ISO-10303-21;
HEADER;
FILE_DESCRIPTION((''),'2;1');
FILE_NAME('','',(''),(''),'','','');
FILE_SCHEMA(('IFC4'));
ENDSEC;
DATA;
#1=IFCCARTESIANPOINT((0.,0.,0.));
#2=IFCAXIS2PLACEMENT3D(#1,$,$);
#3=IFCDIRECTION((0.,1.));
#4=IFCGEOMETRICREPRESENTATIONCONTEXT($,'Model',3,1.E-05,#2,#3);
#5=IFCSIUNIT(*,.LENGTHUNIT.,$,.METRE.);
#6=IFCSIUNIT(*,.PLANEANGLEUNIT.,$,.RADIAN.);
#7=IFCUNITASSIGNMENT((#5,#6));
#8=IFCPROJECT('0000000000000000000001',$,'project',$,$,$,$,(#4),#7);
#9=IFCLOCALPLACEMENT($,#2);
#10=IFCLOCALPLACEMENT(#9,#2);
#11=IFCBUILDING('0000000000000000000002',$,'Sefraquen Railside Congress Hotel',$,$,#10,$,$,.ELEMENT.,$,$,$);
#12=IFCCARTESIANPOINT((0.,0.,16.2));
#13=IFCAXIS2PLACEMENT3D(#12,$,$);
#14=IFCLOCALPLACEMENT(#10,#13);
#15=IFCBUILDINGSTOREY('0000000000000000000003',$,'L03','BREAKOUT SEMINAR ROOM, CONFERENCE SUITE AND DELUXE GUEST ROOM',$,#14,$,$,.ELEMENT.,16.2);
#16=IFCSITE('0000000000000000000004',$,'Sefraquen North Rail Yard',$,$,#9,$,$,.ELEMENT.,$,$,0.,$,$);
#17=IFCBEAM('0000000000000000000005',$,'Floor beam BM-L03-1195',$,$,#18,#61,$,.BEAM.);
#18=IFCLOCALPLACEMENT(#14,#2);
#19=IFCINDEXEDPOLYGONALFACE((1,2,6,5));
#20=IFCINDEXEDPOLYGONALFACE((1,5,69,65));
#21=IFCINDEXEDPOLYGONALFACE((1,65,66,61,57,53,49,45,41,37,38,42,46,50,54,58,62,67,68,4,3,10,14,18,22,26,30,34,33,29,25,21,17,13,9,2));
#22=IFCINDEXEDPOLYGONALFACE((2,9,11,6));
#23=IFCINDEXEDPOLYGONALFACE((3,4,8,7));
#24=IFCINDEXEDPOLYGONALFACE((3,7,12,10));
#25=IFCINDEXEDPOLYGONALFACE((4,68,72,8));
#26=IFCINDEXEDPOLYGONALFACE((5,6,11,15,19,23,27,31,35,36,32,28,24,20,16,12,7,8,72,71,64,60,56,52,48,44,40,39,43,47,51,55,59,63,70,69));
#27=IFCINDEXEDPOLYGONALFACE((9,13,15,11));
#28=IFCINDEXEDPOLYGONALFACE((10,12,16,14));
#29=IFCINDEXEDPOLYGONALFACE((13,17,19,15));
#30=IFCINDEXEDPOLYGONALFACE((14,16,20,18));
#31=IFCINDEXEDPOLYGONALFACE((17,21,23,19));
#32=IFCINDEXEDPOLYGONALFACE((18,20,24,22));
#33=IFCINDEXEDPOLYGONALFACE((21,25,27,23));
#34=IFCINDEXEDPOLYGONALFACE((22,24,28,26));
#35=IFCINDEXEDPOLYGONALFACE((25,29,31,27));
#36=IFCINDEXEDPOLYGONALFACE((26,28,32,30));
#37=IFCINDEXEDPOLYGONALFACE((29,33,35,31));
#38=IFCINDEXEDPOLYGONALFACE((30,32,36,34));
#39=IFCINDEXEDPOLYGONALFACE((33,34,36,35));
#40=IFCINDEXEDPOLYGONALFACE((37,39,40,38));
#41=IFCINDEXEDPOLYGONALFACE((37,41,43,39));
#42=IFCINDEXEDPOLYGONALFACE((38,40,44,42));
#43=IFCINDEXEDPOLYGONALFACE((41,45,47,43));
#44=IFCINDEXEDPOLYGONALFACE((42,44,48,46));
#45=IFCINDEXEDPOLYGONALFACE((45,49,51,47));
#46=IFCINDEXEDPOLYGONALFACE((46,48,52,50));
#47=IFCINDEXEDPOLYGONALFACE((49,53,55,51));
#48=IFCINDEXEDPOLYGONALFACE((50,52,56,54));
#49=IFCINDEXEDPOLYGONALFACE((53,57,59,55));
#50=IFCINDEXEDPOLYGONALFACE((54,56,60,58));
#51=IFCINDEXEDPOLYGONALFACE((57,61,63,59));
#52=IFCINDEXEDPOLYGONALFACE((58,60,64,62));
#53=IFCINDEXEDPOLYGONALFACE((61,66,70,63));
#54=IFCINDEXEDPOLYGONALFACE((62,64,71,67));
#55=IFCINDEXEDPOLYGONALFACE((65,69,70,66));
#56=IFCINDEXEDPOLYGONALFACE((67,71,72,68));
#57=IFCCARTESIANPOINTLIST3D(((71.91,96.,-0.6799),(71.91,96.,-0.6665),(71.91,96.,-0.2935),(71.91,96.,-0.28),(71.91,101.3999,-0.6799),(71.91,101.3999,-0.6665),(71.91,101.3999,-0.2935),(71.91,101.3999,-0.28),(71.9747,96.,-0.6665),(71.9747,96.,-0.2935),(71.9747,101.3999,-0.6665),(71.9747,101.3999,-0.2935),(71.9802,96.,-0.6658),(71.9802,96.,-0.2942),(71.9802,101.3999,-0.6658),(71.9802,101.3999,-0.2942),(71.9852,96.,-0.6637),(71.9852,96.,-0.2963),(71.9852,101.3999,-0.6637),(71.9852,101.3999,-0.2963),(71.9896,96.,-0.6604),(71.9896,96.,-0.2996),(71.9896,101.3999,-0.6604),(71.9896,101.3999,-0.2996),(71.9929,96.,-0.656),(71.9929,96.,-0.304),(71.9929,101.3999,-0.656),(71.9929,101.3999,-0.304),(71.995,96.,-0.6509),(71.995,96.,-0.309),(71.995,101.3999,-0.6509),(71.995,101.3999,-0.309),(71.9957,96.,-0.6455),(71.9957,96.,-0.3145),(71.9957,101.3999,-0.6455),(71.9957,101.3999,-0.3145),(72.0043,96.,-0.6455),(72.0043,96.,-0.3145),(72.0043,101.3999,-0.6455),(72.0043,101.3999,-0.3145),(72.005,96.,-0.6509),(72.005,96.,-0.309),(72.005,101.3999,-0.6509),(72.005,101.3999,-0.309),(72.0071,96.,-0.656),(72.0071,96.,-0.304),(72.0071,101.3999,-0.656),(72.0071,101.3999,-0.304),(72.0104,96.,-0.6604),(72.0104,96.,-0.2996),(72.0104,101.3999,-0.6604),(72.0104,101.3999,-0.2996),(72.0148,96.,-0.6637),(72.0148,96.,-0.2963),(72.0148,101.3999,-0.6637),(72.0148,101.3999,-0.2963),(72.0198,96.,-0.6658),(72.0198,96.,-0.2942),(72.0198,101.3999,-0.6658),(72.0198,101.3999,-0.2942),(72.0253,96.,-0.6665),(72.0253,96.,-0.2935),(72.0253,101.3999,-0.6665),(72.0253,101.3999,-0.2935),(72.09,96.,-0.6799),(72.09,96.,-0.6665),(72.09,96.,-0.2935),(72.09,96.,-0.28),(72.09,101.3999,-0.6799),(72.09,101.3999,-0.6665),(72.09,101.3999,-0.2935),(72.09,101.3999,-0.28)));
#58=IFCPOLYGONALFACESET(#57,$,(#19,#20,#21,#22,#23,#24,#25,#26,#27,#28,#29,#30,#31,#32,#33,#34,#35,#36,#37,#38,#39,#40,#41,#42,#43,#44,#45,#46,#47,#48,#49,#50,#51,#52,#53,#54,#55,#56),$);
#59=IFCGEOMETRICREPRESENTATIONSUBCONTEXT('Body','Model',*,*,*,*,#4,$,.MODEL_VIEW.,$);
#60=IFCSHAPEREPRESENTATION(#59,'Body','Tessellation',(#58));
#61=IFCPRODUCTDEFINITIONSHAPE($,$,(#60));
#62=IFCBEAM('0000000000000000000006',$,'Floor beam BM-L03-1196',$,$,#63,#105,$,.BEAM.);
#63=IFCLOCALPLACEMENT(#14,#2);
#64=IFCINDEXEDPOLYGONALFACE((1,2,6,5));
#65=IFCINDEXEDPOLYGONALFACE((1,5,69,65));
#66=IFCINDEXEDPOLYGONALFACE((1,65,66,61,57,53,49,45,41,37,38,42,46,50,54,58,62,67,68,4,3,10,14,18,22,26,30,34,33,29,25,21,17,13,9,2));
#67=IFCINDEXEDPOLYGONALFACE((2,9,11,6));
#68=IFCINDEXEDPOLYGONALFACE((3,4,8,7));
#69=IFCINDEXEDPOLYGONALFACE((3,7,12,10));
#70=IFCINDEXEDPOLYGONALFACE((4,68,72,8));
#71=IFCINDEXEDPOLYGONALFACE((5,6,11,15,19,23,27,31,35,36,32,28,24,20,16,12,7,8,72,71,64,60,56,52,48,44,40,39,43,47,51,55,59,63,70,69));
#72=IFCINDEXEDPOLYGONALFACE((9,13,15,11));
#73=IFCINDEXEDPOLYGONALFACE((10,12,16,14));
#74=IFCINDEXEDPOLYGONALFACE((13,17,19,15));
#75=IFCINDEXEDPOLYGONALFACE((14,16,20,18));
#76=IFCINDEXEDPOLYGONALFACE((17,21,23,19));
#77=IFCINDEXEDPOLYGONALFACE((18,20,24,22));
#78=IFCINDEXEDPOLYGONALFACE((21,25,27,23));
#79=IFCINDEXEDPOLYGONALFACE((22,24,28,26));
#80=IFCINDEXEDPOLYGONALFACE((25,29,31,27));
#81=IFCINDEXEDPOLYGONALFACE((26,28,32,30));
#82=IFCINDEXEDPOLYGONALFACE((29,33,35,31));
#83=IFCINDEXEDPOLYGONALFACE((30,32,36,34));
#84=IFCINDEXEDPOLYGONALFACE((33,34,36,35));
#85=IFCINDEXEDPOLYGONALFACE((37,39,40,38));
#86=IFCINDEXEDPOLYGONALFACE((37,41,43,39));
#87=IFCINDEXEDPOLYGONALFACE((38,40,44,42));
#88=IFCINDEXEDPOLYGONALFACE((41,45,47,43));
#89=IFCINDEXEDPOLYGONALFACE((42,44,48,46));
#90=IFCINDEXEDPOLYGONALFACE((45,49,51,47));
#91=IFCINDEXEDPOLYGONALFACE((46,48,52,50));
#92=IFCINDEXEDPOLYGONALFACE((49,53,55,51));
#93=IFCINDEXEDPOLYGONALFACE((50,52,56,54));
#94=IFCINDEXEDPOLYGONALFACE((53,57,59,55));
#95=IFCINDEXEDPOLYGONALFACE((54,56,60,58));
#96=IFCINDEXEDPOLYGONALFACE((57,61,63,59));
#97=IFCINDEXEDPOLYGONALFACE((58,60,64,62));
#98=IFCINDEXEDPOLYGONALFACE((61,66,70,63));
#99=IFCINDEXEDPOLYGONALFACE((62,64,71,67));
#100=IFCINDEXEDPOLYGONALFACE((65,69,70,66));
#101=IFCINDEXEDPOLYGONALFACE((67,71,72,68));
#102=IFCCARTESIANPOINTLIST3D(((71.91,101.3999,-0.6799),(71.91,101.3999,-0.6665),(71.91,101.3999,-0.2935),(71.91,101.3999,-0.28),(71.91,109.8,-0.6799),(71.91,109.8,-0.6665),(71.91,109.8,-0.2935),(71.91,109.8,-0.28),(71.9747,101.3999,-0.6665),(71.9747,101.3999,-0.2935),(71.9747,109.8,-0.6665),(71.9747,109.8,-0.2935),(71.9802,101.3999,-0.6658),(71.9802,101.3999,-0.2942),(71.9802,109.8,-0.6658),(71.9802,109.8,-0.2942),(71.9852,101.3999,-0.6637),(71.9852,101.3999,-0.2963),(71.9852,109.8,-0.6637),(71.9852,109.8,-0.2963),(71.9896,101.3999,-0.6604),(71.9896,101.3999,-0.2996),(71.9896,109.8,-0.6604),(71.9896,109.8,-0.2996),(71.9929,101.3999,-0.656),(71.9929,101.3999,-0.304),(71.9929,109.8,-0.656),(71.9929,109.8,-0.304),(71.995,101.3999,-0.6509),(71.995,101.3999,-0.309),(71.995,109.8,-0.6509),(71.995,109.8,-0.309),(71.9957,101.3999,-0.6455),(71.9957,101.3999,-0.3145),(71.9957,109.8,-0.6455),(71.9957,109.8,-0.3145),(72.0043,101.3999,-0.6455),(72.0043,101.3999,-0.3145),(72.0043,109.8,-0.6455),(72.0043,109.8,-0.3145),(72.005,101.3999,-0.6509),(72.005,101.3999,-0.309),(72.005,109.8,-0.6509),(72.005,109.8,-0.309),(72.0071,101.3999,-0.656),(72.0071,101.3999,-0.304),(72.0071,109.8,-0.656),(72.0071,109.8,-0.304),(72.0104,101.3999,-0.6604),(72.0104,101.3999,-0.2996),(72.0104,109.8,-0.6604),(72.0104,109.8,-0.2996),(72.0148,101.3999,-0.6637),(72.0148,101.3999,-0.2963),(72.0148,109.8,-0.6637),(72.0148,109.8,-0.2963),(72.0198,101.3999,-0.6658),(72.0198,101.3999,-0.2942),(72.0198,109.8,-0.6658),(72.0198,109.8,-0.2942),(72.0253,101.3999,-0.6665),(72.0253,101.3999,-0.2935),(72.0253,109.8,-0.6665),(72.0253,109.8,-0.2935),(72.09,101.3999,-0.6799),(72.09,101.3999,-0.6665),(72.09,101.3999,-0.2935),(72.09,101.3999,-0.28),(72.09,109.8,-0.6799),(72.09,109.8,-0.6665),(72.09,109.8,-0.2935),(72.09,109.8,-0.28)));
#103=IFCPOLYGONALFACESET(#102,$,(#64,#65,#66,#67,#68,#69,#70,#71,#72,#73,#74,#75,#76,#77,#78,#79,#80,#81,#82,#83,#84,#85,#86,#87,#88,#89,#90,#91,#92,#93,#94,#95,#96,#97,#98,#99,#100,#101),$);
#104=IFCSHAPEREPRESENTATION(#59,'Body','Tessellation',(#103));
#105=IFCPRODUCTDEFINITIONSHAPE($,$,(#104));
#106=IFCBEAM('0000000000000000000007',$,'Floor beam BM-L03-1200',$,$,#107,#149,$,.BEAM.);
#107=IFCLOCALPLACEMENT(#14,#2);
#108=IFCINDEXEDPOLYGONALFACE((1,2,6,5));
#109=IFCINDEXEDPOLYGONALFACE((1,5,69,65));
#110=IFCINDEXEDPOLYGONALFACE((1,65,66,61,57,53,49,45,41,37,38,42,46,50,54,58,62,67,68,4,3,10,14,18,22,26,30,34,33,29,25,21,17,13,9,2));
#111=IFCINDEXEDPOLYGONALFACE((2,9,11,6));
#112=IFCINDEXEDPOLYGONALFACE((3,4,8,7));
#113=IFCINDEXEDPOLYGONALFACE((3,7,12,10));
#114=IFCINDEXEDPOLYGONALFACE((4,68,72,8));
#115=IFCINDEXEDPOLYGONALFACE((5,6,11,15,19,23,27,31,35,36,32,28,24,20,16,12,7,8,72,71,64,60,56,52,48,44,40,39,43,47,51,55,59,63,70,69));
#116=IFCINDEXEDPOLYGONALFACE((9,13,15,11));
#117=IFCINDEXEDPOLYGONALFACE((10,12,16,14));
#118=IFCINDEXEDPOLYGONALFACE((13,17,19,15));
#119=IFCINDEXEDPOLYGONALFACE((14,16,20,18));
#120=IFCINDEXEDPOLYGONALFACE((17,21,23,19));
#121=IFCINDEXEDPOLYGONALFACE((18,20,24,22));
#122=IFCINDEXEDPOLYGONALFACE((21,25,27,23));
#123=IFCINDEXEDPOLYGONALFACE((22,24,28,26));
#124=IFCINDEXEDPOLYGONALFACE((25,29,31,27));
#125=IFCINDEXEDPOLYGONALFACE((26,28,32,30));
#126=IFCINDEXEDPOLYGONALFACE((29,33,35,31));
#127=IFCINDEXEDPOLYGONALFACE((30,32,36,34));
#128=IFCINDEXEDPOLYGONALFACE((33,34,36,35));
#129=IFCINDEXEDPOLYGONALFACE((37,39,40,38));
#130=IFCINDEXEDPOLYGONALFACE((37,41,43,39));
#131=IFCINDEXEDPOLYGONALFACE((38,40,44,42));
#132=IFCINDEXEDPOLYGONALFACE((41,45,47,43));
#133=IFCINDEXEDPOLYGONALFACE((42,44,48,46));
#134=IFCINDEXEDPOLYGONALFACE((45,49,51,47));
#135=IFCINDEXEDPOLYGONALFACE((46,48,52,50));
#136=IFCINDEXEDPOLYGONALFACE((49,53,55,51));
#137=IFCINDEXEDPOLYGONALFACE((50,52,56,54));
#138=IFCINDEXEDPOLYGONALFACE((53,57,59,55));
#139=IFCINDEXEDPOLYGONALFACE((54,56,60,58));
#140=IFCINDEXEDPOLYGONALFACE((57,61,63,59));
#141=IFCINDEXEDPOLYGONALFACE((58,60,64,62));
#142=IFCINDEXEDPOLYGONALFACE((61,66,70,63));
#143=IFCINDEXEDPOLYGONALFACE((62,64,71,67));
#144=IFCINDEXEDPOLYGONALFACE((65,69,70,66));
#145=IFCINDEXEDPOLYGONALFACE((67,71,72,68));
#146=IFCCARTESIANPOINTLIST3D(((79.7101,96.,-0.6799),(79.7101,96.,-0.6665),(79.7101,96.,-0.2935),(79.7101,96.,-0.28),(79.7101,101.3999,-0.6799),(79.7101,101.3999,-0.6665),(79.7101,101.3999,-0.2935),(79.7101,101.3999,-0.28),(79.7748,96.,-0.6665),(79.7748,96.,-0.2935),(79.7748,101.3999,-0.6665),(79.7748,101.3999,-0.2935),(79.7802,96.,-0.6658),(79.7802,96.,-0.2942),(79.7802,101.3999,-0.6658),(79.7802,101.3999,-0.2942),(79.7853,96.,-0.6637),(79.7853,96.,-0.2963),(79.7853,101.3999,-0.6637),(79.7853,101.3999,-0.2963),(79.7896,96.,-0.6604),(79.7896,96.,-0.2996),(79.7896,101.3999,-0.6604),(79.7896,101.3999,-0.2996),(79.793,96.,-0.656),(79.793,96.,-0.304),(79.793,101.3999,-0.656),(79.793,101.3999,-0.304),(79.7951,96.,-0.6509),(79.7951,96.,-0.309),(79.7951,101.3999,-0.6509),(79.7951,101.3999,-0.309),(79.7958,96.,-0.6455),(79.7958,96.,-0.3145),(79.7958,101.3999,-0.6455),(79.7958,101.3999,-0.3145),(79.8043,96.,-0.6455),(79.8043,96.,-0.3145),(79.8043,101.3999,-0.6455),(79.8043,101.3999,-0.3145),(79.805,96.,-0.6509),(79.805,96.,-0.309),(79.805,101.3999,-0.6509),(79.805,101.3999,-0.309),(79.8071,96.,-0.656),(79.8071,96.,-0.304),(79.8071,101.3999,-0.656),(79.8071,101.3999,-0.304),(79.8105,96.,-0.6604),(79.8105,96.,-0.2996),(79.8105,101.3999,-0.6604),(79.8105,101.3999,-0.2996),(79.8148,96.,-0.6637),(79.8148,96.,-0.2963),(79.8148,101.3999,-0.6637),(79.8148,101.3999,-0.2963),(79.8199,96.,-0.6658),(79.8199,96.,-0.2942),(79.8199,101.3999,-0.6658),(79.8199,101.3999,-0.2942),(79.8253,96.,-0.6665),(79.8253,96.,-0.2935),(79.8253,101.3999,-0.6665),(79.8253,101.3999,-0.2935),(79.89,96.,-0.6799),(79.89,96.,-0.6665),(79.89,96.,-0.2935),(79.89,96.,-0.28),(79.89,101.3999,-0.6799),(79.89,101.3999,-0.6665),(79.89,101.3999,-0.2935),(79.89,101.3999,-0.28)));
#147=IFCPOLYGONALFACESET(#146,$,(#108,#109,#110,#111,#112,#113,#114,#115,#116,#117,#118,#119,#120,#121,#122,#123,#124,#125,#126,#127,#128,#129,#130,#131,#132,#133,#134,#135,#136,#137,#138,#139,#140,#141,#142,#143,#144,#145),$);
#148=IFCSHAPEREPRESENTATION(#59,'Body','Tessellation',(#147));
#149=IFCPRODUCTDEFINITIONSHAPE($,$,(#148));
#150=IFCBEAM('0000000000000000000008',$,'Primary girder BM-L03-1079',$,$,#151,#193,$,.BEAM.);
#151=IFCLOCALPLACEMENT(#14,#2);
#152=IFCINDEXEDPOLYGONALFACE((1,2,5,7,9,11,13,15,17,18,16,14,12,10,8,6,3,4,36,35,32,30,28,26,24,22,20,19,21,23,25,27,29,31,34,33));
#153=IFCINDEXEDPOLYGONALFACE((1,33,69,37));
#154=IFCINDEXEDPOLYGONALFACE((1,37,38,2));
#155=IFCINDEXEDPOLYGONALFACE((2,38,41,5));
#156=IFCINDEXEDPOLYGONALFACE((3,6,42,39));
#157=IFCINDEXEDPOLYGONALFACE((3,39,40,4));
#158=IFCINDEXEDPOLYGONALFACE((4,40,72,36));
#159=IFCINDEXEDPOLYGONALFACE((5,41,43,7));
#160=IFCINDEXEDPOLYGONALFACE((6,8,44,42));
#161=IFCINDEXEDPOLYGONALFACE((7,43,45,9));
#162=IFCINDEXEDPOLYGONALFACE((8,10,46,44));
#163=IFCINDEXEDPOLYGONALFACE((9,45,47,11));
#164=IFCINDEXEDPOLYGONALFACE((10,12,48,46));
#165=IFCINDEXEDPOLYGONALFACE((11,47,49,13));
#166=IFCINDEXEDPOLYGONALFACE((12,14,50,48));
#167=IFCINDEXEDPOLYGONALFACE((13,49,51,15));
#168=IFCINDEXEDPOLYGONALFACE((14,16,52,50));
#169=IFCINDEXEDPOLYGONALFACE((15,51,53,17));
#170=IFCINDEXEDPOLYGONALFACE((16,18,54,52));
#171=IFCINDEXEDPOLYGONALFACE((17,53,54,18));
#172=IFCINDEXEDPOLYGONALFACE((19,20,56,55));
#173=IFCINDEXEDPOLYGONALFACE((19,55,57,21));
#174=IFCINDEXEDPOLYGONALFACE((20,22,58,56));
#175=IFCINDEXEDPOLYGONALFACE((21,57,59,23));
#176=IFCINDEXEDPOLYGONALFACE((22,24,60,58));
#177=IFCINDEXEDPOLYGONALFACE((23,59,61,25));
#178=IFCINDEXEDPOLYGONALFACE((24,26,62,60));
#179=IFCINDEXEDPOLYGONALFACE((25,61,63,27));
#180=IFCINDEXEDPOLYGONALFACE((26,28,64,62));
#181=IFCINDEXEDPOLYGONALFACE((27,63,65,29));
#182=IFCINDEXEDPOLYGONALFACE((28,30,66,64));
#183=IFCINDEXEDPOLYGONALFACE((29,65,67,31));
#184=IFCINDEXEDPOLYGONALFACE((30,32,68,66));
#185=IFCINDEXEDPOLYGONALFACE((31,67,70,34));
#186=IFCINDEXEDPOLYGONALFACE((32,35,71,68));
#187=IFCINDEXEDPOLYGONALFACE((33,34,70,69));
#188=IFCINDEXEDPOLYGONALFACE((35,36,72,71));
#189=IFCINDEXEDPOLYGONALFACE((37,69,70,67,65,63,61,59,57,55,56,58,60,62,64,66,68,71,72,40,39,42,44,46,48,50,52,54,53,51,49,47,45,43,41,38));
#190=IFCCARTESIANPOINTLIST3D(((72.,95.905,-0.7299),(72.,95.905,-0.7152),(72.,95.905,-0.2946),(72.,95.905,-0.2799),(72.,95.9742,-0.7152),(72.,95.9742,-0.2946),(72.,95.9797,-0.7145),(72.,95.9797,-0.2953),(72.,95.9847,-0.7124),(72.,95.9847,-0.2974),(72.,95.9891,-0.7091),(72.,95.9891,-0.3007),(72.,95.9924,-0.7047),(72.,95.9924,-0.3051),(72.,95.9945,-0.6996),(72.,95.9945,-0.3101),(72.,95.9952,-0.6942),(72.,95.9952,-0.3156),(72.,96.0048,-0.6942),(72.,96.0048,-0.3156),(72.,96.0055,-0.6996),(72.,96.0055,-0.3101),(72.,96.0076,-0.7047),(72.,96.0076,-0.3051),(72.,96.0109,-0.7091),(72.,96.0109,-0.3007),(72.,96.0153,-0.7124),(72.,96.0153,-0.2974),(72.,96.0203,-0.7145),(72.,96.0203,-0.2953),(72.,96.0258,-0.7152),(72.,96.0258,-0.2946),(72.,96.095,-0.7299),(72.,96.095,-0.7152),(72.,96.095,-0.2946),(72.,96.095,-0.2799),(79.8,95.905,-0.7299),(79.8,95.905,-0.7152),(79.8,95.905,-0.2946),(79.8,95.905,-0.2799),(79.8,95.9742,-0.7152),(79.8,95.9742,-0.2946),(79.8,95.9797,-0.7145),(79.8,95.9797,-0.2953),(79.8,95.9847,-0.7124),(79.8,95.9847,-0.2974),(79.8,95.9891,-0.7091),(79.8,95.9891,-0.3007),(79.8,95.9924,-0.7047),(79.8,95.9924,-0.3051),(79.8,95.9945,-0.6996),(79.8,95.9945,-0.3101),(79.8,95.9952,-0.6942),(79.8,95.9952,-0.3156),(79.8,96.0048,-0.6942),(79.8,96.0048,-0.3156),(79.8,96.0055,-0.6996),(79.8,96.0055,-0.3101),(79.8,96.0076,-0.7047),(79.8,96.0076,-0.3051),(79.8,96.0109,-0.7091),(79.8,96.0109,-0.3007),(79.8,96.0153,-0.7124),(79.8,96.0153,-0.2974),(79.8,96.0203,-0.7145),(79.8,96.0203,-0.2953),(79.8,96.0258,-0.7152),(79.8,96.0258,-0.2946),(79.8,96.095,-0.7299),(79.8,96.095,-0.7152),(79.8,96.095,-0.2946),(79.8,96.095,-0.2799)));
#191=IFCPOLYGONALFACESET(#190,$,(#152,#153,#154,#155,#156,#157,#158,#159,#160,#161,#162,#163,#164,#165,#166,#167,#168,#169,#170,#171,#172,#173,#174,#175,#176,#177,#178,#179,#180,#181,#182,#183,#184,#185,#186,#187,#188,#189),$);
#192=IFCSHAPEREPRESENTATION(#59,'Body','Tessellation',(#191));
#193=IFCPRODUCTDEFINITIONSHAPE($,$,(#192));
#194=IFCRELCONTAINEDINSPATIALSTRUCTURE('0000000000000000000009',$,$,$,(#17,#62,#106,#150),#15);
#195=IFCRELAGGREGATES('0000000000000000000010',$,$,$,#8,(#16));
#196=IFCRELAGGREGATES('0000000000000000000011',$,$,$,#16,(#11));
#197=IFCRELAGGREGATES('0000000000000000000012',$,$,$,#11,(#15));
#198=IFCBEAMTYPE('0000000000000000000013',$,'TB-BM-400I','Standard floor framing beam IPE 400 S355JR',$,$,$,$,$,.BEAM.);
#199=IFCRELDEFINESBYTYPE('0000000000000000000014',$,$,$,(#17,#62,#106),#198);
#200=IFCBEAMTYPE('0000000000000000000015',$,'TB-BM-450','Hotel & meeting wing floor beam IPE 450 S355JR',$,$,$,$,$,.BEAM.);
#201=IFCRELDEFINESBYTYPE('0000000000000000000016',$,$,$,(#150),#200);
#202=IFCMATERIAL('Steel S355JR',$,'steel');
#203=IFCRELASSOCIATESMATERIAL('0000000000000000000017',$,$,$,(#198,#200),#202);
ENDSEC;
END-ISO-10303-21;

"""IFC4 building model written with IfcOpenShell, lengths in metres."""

from ifc_helpers import new_model, si_unit, direction, frame, origin, origin_2d, place, context, subcontext, project, spatial, i_section, extrude, material, material_profile, profile_set, type_object, element, save


model = new_model("IFC4")

# Units and contexts
model_context = context("Model", 3, precision=1e-05, world=origin(), true_north=direction((0.0, 1.0)))
body_context = subcontext(model_context, "Body", "Model", "MODEL_VIEW")
ifc_project = project(units=[si_unit("LENGTHUNIT", "METRE"), si_unit("PLANEANGLEUNIT", "RADIAN")], contexts=[model_context])

# Site, building, storey
site_placement = place(None, origin())
site = spatial("IfcSite", under=ifc_project, at=site_placement, Name="Sefraquen North Rail Yard", CompositionType="ELEMENT", RefElevation=0.0)
building_placement = place(site_placement, origin())
building = spatial("IfcBuilding", under=site, at=building_placement, Name="Sefraquen Railside Congress Hotel", CompositionType="ELEMENT")
storey_placement = place(building_placement, frame((0.0, 0.0, 16.2)))
storey = spatial("IfcBuildingStorey", under=building, at=storey_placement, Name="L03", Description="BREAKOUT SEMINAR ROOM, CONFERENCE SUITE AND DELUXE GUEST ROOM", CompositionType="ELEMENT", Elevation=16.2)

# Shared definitions
ifc_material_1 = material(Name="Steel S355JR", Category="steel")

# Beams
ifc_material_profile_1 = material_profile(ifc_material_1, i_section(OverallWidth=0.1799, OverallDepth=0.3999, WebThickness=0.0085, FlangeThickness=0.0134, FilletRadius=0.021, at=origin_2d()), Name="IPE 400")
ifc_profile_set_1 = profile_set([ifc_material_profile_1], Name="Steel S355JR")
beam_type_1 = type_object("IfcBeamType", Name="TB-BM-400I", Description="Standard floor framing beam IPE 400 S355JR", PredefinedType="BEAM", material=ifc_profile_set_1)
beam_1_placement = place(storey_placement, frame((72.0, 96.0, -0.48), z_axis=(0.0, 1.0, 0.0), x_axis=(-1.0, 0.0, 0.0)))
element("IfcBeam", 1, at=beam_1_placement, inside=storey, type_object=beam_type_1, Name="Floor beam BM-L03-1195", PredefinedType="BEAM", context=body_context, shape_type="SweptSolid", body=[
    extrude(i_section(OverallWidth=0.1799, OverallDepth=0.3999, WebThickness=0.0085, FlangeThickness=0.0134, FilletRadius=0.021, at=origin_2d()), origin(), (0.0, 0.0, 1.0), 5.3999),
])
beam_2_placement = place(storey_placement, frame((72.0, 101.3999, -0.48), z_axis=(0.0, 1.0, 0.0), x_axis=(-1.0, 0.0, 0.0)))
element("IfcBeam", 2, at=beam_2_placement, inside=storey, type_object=beam_type_1, Name="Floor beam BM-L03-1196", PredefinedType="BEAM", context=body_context, shape_type="SweptSolid", body=[
    extrude(i_section(OverallWidth=0.1799, OverallDepth=0.3999, WebThickness=0.0085, FlangeThickness=0.0134, FilletRadius=0.021, at=origin_2d()), origin(), (0.0, 0.0, 1.0), 8.4001),
])
beam_3_placement = place(storey_placement, frame((79.8, 96.0, -0.48), z_axis=(0.0, 1.0, 0.0), x_axis=(-1.0, 0.0, 0.0)))
element("IfcBeam", 3, at=beam_3_placement, inside=storey, type_object=beam_type_1, Name="Floor beam BM-L03-1200", PredefinedType="BEAM", context=body_context, shape_type="SweptSolid", body=[
    extrude(i_section(OverallWidth=0.1799, OverallDepth=0.3999, WebThickness=0.0085, FlangeThickness=0.0134, FilletRadius=0.021, at=origin_2d()), origin(), (0.0, 0.0, 1.0), 5.3999),
])
ifc_material_profile_2 = material_profile(ifc_material_1, i_section(OverallWidth=0.1899, OverallDepth=0.45, WebThickness=0.0095, FlangeThickness=0.0146, FilletRadius=0.021, at=origin_2d()), Name="IPE 450")
ifc_profile_set_2 = profile_set([ifc_material_profile_2], Name="Steel S355JR")
beam_type_2 = type_object("IfcBeamType", Name="TB-BM-450", Description="Hotel & meeting wing floor beam IPE 450 S355JR", PredefinedType="BEAM", material=ifc_profile_set_2)
for number, where, z_axis, x_axis, name in (
    (4, (72.0, 96.0, -0.5049), (1.0, 0.0, 0.0), (0.0, 1.0, 0.0), "Primary girder BM-L03-1079"),
):
    element("IfcBeam", number, at=place(storey_placement, frame(where, z_axis=z_axis, x_axis=x_axis)), inside=storey, type_object=beam_type_2, Name=name, PredefinedType="BEAM", context=body_context, shape_type="SweptSolid", body=[
        extrude(i_section(OverallWidth=0.1899, OverallDepth=0.45, WebThickness=0.0095, FlangeThickness=0.0146, FilletRadius=0.021, at=origin_2d()), origin(), (0.0, 0.0, 1.0), 7.8),
    ])

save(model, "model.ifc")
